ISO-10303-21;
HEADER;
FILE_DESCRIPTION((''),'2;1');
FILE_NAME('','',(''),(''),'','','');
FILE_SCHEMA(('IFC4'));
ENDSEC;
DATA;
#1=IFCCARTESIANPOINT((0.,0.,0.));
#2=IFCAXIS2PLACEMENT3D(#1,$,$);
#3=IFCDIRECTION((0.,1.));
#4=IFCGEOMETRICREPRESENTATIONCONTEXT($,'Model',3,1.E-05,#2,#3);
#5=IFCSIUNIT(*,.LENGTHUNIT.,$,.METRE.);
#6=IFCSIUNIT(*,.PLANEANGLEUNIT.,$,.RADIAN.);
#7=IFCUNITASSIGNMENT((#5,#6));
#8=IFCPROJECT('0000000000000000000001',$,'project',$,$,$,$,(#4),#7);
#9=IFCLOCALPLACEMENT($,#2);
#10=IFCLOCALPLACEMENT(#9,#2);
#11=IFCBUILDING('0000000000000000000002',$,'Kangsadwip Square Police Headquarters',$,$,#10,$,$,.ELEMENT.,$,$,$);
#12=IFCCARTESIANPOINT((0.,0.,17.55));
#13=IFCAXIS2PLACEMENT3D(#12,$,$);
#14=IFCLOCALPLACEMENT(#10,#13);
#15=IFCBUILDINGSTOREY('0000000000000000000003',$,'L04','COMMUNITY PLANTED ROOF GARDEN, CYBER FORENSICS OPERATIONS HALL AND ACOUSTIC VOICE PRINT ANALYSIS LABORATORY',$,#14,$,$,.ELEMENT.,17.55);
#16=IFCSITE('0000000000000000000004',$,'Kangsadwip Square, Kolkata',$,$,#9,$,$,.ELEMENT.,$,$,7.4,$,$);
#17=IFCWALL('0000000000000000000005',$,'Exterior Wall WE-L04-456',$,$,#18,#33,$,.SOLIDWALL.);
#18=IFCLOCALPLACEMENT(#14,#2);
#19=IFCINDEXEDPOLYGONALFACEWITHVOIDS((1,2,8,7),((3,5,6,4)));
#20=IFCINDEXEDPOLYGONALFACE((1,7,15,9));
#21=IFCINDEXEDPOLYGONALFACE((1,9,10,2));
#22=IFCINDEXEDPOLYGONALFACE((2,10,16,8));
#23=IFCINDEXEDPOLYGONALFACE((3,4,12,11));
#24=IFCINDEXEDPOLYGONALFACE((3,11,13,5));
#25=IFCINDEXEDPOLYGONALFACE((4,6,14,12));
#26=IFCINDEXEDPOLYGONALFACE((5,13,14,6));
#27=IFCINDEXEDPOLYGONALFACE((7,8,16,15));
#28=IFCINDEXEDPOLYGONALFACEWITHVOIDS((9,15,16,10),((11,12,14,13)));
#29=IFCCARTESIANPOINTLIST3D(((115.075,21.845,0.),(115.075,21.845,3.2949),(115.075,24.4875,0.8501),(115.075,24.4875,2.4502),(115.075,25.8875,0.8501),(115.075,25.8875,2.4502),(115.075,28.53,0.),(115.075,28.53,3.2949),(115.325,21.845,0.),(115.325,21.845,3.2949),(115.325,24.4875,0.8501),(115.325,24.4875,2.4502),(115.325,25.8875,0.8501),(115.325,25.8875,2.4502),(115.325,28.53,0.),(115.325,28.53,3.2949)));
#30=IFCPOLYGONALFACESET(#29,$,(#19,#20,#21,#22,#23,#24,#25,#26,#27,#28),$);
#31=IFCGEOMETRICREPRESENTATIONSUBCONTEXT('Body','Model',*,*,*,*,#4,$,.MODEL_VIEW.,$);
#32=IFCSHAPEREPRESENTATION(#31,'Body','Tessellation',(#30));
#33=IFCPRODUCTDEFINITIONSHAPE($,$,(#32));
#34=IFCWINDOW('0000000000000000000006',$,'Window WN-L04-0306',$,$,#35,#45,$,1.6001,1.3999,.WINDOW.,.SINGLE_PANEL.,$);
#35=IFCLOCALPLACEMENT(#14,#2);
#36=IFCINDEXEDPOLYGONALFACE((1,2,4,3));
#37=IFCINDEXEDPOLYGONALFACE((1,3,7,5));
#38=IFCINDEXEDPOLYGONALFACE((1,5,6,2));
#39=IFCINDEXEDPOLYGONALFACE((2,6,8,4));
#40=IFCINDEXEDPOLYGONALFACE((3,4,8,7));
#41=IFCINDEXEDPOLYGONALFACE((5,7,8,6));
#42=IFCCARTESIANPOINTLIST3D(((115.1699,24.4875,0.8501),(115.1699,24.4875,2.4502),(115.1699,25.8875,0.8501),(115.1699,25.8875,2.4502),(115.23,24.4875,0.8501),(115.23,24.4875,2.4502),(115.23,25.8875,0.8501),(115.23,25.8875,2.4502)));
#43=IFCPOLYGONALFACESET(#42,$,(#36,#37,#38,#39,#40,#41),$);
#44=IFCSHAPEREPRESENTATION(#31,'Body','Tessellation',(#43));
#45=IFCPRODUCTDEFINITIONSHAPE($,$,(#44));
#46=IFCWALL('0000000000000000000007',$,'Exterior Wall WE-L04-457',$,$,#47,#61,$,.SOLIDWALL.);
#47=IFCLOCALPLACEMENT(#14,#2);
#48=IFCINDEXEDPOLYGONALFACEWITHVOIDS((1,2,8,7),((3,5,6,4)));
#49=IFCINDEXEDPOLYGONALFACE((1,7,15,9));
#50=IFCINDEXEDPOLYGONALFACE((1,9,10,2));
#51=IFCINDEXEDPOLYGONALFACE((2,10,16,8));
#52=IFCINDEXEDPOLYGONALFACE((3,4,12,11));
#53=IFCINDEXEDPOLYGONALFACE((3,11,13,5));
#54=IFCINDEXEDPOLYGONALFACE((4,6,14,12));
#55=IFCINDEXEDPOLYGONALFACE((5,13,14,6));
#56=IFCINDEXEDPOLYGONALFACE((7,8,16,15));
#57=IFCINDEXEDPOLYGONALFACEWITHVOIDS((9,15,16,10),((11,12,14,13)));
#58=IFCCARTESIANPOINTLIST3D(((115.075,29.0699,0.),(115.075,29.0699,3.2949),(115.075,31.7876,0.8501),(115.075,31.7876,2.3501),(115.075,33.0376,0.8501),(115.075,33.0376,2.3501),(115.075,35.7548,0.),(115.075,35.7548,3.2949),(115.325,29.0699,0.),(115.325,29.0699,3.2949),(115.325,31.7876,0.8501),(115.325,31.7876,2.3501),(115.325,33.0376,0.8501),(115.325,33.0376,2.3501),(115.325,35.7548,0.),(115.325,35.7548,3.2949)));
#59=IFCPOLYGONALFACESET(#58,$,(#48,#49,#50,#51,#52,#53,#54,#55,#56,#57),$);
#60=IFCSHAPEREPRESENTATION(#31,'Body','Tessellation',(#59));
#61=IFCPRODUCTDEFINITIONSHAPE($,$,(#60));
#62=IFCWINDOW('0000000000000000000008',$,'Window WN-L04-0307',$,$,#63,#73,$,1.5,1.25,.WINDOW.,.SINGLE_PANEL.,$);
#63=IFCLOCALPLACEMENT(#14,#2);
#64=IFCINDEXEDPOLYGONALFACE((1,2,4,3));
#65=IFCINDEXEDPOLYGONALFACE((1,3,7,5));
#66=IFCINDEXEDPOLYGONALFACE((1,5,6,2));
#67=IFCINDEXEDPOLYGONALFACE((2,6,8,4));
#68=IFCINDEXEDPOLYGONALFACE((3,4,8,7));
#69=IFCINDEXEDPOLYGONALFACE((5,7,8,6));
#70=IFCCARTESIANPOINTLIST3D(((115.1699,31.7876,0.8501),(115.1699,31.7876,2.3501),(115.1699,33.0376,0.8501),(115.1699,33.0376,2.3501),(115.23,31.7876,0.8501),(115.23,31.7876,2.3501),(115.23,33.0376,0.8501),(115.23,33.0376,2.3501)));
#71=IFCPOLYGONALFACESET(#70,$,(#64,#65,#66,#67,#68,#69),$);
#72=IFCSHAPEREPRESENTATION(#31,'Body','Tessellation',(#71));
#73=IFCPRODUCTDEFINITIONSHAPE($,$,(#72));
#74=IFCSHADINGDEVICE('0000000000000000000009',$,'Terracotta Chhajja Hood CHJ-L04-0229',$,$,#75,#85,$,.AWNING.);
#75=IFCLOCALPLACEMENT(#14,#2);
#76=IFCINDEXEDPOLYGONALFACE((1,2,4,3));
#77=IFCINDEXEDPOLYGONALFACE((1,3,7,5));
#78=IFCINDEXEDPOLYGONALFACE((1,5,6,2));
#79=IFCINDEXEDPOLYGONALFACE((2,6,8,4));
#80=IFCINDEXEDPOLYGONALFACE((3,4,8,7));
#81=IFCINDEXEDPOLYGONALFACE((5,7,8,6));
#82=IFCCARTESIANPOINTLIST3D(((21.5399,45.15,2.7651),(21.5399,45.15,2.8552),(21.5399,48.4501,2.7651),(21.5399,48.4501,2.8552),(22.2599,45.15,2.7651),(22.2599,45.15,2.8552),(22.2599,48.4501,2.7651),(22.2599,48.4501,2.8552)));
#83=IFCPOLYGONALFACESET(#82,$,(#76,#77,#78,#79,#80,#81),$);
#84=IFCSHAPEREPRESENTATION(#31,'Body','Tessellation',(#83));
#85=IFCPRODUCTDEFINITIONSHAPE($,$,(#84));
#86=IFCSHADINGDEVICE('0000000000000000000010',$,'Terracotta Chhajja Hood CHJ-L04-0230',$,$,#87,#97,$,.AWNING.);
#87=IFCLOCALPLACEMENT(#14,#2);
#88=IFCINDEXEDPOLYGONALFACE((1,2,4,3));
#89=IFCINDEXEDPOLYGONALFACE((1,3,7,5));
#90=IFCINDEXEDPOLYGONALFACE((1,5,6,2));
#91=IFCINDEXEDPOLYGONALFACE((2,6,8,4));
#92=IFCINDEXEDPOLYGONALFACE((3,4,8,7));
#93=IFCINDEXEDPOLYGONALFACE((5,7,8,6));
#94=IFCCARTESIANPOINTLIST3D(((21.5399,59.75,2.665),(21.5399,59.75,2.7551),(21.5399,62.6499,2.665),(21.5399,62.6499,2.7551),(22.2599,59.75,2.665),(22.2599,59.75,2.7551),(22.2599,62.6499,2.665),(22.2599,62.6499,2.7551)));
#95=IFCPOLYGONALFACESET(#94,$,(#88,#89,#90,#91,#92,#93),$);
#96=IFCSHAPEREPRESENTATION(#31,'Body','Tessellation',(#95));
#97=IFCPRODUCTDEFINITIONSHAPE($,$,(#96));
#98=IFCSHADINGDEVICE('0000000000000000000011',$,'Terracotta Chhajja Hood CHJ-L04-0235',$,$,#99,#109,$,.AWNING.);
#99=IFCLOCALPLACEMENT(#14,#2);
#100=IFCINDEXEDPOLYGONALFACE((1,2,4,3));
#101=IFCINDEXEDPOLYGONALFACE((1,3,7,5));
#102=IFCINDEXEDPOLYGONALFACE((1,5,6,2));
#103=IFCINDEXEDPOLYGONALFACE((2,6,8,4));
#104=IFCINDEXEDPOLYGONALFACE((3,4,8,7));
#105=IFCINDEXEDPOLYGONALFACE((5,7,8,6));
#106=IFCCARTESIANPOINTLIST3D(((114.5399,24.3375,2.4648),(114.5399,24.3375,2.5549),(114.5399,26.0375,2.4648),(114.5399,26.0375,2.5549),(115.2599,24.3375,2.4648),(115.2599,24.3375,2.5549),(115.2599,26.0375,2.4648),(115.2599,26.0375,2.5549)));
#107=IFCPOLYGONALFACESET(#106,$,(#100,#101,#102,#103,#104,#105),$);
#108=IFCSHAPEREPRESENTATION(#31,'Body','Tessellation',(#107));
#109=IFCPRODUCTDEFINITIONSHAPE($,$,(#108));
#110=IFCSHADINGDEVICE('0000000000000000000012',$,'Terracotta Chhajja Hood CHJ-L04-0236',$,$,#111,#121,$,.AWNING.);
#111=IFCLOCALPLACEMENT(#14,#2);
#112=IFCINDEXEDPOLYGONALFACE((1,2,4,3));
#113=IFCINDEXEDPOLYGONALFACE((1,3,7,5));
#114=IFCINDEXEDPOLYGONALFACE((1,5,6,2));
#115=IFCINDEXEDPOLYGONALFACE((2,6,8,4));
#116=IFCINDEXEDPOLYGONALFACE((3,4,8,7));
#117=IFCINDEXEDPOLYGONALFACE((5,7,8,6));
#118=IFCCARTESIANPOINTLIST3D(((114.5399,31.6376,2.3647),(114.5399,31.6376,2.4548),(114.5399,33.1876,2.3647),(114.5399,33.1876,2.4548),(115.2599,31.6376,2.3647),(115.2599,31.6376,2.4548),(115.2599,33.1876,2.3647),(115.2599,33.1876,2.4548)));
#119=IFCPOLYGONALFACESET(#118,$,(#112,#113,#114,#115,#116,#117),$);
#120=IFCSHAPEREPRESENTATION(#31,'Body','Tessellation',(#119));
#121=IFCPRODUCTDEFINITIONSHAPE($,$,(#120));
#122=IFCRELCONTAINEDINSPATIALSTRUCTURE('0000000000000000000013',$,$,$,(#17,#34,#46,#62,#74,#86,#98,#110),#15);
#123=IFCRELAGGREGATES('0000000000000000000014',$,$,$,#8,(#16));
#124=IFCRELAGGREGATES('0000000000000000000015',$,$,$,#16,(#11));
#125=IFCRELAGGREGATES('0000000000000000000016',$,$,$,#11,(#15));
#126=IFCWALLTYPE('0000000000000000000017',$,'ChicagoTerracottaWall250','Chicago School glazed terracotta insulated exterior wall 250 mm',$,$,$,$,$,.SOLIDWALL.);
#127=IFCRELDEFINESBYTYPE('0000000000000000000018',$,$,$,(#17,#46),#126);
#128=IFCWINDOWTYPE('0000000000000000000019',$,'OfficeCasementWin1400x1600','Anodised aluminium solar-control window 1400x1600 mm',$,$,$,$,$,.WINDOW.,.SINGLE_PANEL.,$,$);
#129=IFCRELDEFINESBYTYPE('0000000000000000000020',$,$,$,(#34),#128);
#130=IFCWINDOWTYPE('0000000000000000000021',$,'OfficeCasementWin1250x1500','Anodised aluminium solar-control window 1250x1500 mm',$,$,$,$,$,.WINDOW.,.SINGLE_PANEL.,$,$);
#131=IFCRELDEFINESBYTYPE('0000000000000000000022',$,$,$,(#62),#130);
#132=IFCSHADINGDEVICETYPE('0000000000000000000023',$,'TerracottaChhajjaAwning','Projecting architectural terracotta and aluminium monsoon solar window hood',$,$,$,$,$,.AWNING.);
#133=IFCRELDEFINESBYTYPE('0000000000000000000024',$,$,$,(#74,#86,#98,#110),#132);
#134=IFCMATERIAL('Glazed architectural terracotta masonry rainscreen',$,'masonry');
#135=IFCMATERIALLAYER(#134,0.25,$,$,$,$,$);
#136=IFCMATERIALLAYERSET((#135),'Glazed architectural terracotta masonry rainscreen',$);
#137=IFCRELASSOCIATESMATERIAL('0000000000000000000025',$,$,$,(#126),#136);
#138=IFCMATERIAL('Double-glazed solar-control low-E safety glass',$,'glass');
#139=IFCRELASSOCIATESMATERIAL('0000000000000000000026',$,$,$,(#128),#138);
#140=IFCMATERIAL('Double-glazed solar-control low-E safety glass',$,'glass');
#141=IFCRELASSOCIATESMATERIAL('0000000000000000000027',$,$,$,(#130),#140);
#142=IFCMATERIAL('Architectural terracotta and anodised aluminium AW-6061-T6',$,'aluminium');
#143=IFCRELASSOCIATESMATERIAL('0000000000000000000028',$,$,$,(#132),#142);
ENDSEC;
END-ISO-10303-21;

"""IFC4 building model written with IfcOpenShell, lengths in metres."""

from ifc_helpers import new_model, si_unit, direction, frame, frame_2d, origin, origin_2d, place, context, subcontext, project, spatial, rectangle, extrude, material, layer, layer_set, type_object, element, fill, save


model = new_model("IFC4")

# Units and contexts
model_context = context("Model", 3, precision=1e-05, world=origin(), true_north=direction((0.0, 1.0)))
body_context = subcontext(model_context, "Body", "Model", "MODEL_VIEW")
ifc_project = project(units=[si_unit("LENGTHUNIT", "METRE"), si_unit("PLANEANGLEUNIT", "RADIAN")], contexts=[model_context])

# Site, building, storey
site_placement = place(None, origin())
site = spatial("IfcSite", under=ifc_project, at=site_placement, Name="Kangsadwip Square, Kolkata", CompositionType="ELEMENT", RefElevation=7.4)
building_placement = place(site_placement, origin())
building = spatial("IfcBuilding", under=site, at=building_placement, Name="Kangsadwip Square Police Headquarters", CompositionType="ELEMENT")
storey_placement = place(building_placement, frame((0.0, 0.0, 17.55)))
storey = spatial("IfcBuildingStorey", under=building, at=storey_placement, Name="L04", Description="COMMUNITY PLANTED ROOF GARDEN, CYBER FORENSICS OPERATIONS HALL AND ACOUSTIC VOICE PRINT ANALYSIS LABORATORY", CompositionType="ELEMENT", Elevation=17.55)

# Walls, openings, windows
ifc_material_1 = material(Name="Glazed architectural terracotta masonry rainscreen", Category="masonry")
ifc_layer_1 = layer(ifc_material_1, 0.25)
ifc_layer_set_1 = layer_set([ifc_layer_1], Name="Glazed architectural terracotta masonry rainscreen")
wall_type = type_object("IfcWallType", Name="ChicagoTerracottaWall250", Description="Chicago School glazed terracotta insulated exterior wall 250 mm", PredefinedType="SOLIDWALL", material=ifc_layer_set_1)
wall_1_placement = place(storey_placement, frame((115.2, 21.845, 0.0), z_axis=(0.0, 0.0, 1.0), x_axis=(0.0, 1.0, 0.0)))
wall_1 = element("IfcWall", 1, at=wall_1_placement, inside=storey, type_object=wall_type, Name="Exterior Wall WE-L04-456", PredefinedType="SOLIDWALL", context=body_context, shape_type="SweptSolid", body=[
    extrude(rectangle(XDim=6.6851, YDim=0.25, at=frame_2d((3.3425, 0.0))), origin(), (0.0, 0.0, 1.0), 3.2949),
])
opening_1_placement = place(wall_1_placement, frame((2.6426, 0.0, 0.8501)))
opening_1 = element("IfcOpeningElement", 2, at=opening_1_placement, cuts=wall_1, PredefinedType="OPENING", context=body_context, shape_type="SweptSolid", body=[
    extrude(rectangle(XDim=1.3999, YDim=1.6001, at=frame_2d((0.7, 0.8))), frame((0.0, 0.135, 0.0), z_axis=(0.0, -1.0, 0.0), x_axis=(1.0, 0.0, 0.0)), (0.0, 0.0, 1.0), 0.27),
])
ifc_material_2 = material(Name="Double-glazed solar-control low-E safety glass", Category="glass")
window_type_1 = type_object("IfcWindowType", Name="OfficeCasementWin1400x1600", Description="Anodised aluminium solar-control window 1400x1600 mm", PartitioningType="SINGLE_PANEL", PredefinedType="WINDOW", material=ifc_material_2)
window_1_placement = place(opening_1_placement, origin())
window_1 = element("IfcWindow", 3, at=window_1_placement, inside=storey, type_object=window_type_1, Name="Window WN-L04-0306", OverallHeight=1.6001, OverallWidth=1.3999, PartitioningType="SINGLE_PANEL", PredefinedType="WINDOW", context=body_context, shape_type="SweptSolid", body=[
    extrude(rectangle(XDim=1.3999, YDim=1.6001, at=frame_2d((0.7, 0.8))), frame((0.0, 0.03, 0.0), z_axis=(0.0, -1.0, 0.0), x_axis=(1.0, 0.0, 0.0)), (0.0, 0.0, 1.0), 0.0601),
])
fill(opening_1, window_1)
wall_2_placement = place(storey_placement, frame((115.2, 29.0701, 0.0), z_axis=(0.0, 0.0, 1.0), x_axis=(0.0, 1.0, 0.0)))
wall_2 = element("IfcWall", 4, at=wall_2_placement, inside=storey, type_object=wall_type, Name="Exterior Wall WE-L04-457", PredefinedType="SOLIDWALL", context=body_context, shape_type="SweptSolid", body=[
    extrude(rectangle(XDim=6.6848, YDim=0.25, at=frame_2d((3.3423, 0.0))), origin(), (0.0, 0.0, 1.0), 3.2949),
])
opening_2_placement = place(wall_2_placement, frame((2.7175, 0.0, 0.8501)))
opening_2 = element("IfcOpeningElement", 5, at=opening_2_placement, cuts=wall_2, PredefinedType="OPENING", context=body_context, shape_type="SweptSolid", body=[
    extrude(rectangle(XDim=1.25, YDim=1.5, at=frame_2d((0.625, 0.75))), frame((0.0, 0.135, 0.0), z_axis=(0.0, -1.0, 0.0), x_axis=(1.0, 0.0, 0.0)), (0.0, 0.0, 1.0), 0.27),
])
ifc_material_3 = material(Name="Double-glazed solar-control low-E safety glass", Category="glass")
window_type_2 = type_object("IfcWindowType", Name="OfficeCasementWin1250x1500", Description="Anodised aluminium solar-control window 1250x1500 mm", PartitioningType="SINGLE_PANEL", PredefinedType="WINDOW", material=ifc_material_3)
window_2_placement = place(opening_2_placement, origin())
window_2 = element("IfcWindow", 6, at=window_2_placement, inside=storey, type_object=window_type_2, Name="Window WN-L04-0307", OverallHeight=1.5, OverallWidth=1.25, PartitioningType="SINGLE_PANEL", PredefinedType="WINDOW", context=body_context, shape_type="SweptSolid", body=[
    extrude(rectangle(XDim=1.25, YDim=1.5, at=frame_2d((0.625, 0.75))), frame((0.0, 0.03, 0.0), z_axis=(0.0, -1.0, 0.0), x_axis=(1.0, 0.0, 0.0)), (0.0, 0.0, 1.0), 0.0601),
])
fill(opening_2, window_2)

# Shading devices
ifc_material_4 = material(Name="Architectural terracotta and anodised aluminium AW-6061-T6", Category="aluminium")
shading_device_type = type_object("IfcShadingDeviceType", Name="TerracottaChhajjaAwning", Description="Projecting architectural terracotta and aluminium monsoon solar window hood", PredefinedType="AWNING", material=ifc_material_4)
shading_device_1_placement = place(storey_placement, frame((21.8999, 46.8, 2.7651), z_axis=(0.0, 0.0, 1.0), x_axis=(0.0, 1.0, 0.0)))
element("IfcShadingDevice", 7, at=shading_device_1_placement, inside=storey, type_object=shading_device_type, Name="Terracotta Chhajja Hood CHJ-L04-0229", PredefinedType="AWNING", context=body_context, shape_type="SweptSolid", body=[
    extrude(rectangle(XDim=3.3, YDim=0.72, at=origin_2d()), origin(), (0.0, 0.0, 1.0), 0.0901),
])
shading_device_2_placement = place(storey_placement, frame((21.8999, 61.2, 2.665), z_axis=(0.0, 0.0, 1.0), x_axis=(0.0, 1.0, 0.0)))
element("IfcShadingDevice", 8, at=shading_device_2_placement, inside=storey, type_object=shading_device_type, Name="Terracotta Chhajja Hood CHJ-L04-0230", PredefinedType="AWNING", context=body_context, shape_type="SweptSolid", body=[
    extrude(rectangle(XDim=2.8999, YDim=0.72, at=origin_2d()), origin(), (0.0, 0.0, 1.0), 0.0901),
])
shading_device_3_placement = place(storey_placement, frame((114.8999, 25.1875, 2.4648), z_axis=(0.0, 0.0, 1.0), x_axis=(0.0, 1.0, 0.0)))
element("IfcShadingDevice", 9, at=shading_device_3_placement, inside=storey, type_object=shading_device_type, Name="Terracotta Chhajja Hood CHJ-L04-0235", PredefinedType="AWNING", context=body_context, shape_type="SweptSolid", body=[
    extrude(rectangle(XDim=1.7, YDim=0.72, at=origin_2d()), origin(), (0.0, 0.0, 1.0), 0.0901),
])
shading_device_4_placement = place(storey_placement, frame((114.8999, 32.4126, 2.3647), z_axis=(0.0, 0.0, 1.0), x_axis=(0.0, 1.0, 0.0)))
element("IfcShadingDevice", 10, at=shading_device_4_placement, inside=storey, type_object=shading_device_type, Name="Terracotta Chhajja Hood CHJ-L04-0236", PredefinedType="AWNING", context=body_context, shape_type="SweptSolid", body=[
    extrude(rectangle(XDim=1.55, YDim=0.72, at=origin_2d()), origin(), (0.0, 0.0, 1.0), 0.0901),
])

save(model, "model.ifc")
